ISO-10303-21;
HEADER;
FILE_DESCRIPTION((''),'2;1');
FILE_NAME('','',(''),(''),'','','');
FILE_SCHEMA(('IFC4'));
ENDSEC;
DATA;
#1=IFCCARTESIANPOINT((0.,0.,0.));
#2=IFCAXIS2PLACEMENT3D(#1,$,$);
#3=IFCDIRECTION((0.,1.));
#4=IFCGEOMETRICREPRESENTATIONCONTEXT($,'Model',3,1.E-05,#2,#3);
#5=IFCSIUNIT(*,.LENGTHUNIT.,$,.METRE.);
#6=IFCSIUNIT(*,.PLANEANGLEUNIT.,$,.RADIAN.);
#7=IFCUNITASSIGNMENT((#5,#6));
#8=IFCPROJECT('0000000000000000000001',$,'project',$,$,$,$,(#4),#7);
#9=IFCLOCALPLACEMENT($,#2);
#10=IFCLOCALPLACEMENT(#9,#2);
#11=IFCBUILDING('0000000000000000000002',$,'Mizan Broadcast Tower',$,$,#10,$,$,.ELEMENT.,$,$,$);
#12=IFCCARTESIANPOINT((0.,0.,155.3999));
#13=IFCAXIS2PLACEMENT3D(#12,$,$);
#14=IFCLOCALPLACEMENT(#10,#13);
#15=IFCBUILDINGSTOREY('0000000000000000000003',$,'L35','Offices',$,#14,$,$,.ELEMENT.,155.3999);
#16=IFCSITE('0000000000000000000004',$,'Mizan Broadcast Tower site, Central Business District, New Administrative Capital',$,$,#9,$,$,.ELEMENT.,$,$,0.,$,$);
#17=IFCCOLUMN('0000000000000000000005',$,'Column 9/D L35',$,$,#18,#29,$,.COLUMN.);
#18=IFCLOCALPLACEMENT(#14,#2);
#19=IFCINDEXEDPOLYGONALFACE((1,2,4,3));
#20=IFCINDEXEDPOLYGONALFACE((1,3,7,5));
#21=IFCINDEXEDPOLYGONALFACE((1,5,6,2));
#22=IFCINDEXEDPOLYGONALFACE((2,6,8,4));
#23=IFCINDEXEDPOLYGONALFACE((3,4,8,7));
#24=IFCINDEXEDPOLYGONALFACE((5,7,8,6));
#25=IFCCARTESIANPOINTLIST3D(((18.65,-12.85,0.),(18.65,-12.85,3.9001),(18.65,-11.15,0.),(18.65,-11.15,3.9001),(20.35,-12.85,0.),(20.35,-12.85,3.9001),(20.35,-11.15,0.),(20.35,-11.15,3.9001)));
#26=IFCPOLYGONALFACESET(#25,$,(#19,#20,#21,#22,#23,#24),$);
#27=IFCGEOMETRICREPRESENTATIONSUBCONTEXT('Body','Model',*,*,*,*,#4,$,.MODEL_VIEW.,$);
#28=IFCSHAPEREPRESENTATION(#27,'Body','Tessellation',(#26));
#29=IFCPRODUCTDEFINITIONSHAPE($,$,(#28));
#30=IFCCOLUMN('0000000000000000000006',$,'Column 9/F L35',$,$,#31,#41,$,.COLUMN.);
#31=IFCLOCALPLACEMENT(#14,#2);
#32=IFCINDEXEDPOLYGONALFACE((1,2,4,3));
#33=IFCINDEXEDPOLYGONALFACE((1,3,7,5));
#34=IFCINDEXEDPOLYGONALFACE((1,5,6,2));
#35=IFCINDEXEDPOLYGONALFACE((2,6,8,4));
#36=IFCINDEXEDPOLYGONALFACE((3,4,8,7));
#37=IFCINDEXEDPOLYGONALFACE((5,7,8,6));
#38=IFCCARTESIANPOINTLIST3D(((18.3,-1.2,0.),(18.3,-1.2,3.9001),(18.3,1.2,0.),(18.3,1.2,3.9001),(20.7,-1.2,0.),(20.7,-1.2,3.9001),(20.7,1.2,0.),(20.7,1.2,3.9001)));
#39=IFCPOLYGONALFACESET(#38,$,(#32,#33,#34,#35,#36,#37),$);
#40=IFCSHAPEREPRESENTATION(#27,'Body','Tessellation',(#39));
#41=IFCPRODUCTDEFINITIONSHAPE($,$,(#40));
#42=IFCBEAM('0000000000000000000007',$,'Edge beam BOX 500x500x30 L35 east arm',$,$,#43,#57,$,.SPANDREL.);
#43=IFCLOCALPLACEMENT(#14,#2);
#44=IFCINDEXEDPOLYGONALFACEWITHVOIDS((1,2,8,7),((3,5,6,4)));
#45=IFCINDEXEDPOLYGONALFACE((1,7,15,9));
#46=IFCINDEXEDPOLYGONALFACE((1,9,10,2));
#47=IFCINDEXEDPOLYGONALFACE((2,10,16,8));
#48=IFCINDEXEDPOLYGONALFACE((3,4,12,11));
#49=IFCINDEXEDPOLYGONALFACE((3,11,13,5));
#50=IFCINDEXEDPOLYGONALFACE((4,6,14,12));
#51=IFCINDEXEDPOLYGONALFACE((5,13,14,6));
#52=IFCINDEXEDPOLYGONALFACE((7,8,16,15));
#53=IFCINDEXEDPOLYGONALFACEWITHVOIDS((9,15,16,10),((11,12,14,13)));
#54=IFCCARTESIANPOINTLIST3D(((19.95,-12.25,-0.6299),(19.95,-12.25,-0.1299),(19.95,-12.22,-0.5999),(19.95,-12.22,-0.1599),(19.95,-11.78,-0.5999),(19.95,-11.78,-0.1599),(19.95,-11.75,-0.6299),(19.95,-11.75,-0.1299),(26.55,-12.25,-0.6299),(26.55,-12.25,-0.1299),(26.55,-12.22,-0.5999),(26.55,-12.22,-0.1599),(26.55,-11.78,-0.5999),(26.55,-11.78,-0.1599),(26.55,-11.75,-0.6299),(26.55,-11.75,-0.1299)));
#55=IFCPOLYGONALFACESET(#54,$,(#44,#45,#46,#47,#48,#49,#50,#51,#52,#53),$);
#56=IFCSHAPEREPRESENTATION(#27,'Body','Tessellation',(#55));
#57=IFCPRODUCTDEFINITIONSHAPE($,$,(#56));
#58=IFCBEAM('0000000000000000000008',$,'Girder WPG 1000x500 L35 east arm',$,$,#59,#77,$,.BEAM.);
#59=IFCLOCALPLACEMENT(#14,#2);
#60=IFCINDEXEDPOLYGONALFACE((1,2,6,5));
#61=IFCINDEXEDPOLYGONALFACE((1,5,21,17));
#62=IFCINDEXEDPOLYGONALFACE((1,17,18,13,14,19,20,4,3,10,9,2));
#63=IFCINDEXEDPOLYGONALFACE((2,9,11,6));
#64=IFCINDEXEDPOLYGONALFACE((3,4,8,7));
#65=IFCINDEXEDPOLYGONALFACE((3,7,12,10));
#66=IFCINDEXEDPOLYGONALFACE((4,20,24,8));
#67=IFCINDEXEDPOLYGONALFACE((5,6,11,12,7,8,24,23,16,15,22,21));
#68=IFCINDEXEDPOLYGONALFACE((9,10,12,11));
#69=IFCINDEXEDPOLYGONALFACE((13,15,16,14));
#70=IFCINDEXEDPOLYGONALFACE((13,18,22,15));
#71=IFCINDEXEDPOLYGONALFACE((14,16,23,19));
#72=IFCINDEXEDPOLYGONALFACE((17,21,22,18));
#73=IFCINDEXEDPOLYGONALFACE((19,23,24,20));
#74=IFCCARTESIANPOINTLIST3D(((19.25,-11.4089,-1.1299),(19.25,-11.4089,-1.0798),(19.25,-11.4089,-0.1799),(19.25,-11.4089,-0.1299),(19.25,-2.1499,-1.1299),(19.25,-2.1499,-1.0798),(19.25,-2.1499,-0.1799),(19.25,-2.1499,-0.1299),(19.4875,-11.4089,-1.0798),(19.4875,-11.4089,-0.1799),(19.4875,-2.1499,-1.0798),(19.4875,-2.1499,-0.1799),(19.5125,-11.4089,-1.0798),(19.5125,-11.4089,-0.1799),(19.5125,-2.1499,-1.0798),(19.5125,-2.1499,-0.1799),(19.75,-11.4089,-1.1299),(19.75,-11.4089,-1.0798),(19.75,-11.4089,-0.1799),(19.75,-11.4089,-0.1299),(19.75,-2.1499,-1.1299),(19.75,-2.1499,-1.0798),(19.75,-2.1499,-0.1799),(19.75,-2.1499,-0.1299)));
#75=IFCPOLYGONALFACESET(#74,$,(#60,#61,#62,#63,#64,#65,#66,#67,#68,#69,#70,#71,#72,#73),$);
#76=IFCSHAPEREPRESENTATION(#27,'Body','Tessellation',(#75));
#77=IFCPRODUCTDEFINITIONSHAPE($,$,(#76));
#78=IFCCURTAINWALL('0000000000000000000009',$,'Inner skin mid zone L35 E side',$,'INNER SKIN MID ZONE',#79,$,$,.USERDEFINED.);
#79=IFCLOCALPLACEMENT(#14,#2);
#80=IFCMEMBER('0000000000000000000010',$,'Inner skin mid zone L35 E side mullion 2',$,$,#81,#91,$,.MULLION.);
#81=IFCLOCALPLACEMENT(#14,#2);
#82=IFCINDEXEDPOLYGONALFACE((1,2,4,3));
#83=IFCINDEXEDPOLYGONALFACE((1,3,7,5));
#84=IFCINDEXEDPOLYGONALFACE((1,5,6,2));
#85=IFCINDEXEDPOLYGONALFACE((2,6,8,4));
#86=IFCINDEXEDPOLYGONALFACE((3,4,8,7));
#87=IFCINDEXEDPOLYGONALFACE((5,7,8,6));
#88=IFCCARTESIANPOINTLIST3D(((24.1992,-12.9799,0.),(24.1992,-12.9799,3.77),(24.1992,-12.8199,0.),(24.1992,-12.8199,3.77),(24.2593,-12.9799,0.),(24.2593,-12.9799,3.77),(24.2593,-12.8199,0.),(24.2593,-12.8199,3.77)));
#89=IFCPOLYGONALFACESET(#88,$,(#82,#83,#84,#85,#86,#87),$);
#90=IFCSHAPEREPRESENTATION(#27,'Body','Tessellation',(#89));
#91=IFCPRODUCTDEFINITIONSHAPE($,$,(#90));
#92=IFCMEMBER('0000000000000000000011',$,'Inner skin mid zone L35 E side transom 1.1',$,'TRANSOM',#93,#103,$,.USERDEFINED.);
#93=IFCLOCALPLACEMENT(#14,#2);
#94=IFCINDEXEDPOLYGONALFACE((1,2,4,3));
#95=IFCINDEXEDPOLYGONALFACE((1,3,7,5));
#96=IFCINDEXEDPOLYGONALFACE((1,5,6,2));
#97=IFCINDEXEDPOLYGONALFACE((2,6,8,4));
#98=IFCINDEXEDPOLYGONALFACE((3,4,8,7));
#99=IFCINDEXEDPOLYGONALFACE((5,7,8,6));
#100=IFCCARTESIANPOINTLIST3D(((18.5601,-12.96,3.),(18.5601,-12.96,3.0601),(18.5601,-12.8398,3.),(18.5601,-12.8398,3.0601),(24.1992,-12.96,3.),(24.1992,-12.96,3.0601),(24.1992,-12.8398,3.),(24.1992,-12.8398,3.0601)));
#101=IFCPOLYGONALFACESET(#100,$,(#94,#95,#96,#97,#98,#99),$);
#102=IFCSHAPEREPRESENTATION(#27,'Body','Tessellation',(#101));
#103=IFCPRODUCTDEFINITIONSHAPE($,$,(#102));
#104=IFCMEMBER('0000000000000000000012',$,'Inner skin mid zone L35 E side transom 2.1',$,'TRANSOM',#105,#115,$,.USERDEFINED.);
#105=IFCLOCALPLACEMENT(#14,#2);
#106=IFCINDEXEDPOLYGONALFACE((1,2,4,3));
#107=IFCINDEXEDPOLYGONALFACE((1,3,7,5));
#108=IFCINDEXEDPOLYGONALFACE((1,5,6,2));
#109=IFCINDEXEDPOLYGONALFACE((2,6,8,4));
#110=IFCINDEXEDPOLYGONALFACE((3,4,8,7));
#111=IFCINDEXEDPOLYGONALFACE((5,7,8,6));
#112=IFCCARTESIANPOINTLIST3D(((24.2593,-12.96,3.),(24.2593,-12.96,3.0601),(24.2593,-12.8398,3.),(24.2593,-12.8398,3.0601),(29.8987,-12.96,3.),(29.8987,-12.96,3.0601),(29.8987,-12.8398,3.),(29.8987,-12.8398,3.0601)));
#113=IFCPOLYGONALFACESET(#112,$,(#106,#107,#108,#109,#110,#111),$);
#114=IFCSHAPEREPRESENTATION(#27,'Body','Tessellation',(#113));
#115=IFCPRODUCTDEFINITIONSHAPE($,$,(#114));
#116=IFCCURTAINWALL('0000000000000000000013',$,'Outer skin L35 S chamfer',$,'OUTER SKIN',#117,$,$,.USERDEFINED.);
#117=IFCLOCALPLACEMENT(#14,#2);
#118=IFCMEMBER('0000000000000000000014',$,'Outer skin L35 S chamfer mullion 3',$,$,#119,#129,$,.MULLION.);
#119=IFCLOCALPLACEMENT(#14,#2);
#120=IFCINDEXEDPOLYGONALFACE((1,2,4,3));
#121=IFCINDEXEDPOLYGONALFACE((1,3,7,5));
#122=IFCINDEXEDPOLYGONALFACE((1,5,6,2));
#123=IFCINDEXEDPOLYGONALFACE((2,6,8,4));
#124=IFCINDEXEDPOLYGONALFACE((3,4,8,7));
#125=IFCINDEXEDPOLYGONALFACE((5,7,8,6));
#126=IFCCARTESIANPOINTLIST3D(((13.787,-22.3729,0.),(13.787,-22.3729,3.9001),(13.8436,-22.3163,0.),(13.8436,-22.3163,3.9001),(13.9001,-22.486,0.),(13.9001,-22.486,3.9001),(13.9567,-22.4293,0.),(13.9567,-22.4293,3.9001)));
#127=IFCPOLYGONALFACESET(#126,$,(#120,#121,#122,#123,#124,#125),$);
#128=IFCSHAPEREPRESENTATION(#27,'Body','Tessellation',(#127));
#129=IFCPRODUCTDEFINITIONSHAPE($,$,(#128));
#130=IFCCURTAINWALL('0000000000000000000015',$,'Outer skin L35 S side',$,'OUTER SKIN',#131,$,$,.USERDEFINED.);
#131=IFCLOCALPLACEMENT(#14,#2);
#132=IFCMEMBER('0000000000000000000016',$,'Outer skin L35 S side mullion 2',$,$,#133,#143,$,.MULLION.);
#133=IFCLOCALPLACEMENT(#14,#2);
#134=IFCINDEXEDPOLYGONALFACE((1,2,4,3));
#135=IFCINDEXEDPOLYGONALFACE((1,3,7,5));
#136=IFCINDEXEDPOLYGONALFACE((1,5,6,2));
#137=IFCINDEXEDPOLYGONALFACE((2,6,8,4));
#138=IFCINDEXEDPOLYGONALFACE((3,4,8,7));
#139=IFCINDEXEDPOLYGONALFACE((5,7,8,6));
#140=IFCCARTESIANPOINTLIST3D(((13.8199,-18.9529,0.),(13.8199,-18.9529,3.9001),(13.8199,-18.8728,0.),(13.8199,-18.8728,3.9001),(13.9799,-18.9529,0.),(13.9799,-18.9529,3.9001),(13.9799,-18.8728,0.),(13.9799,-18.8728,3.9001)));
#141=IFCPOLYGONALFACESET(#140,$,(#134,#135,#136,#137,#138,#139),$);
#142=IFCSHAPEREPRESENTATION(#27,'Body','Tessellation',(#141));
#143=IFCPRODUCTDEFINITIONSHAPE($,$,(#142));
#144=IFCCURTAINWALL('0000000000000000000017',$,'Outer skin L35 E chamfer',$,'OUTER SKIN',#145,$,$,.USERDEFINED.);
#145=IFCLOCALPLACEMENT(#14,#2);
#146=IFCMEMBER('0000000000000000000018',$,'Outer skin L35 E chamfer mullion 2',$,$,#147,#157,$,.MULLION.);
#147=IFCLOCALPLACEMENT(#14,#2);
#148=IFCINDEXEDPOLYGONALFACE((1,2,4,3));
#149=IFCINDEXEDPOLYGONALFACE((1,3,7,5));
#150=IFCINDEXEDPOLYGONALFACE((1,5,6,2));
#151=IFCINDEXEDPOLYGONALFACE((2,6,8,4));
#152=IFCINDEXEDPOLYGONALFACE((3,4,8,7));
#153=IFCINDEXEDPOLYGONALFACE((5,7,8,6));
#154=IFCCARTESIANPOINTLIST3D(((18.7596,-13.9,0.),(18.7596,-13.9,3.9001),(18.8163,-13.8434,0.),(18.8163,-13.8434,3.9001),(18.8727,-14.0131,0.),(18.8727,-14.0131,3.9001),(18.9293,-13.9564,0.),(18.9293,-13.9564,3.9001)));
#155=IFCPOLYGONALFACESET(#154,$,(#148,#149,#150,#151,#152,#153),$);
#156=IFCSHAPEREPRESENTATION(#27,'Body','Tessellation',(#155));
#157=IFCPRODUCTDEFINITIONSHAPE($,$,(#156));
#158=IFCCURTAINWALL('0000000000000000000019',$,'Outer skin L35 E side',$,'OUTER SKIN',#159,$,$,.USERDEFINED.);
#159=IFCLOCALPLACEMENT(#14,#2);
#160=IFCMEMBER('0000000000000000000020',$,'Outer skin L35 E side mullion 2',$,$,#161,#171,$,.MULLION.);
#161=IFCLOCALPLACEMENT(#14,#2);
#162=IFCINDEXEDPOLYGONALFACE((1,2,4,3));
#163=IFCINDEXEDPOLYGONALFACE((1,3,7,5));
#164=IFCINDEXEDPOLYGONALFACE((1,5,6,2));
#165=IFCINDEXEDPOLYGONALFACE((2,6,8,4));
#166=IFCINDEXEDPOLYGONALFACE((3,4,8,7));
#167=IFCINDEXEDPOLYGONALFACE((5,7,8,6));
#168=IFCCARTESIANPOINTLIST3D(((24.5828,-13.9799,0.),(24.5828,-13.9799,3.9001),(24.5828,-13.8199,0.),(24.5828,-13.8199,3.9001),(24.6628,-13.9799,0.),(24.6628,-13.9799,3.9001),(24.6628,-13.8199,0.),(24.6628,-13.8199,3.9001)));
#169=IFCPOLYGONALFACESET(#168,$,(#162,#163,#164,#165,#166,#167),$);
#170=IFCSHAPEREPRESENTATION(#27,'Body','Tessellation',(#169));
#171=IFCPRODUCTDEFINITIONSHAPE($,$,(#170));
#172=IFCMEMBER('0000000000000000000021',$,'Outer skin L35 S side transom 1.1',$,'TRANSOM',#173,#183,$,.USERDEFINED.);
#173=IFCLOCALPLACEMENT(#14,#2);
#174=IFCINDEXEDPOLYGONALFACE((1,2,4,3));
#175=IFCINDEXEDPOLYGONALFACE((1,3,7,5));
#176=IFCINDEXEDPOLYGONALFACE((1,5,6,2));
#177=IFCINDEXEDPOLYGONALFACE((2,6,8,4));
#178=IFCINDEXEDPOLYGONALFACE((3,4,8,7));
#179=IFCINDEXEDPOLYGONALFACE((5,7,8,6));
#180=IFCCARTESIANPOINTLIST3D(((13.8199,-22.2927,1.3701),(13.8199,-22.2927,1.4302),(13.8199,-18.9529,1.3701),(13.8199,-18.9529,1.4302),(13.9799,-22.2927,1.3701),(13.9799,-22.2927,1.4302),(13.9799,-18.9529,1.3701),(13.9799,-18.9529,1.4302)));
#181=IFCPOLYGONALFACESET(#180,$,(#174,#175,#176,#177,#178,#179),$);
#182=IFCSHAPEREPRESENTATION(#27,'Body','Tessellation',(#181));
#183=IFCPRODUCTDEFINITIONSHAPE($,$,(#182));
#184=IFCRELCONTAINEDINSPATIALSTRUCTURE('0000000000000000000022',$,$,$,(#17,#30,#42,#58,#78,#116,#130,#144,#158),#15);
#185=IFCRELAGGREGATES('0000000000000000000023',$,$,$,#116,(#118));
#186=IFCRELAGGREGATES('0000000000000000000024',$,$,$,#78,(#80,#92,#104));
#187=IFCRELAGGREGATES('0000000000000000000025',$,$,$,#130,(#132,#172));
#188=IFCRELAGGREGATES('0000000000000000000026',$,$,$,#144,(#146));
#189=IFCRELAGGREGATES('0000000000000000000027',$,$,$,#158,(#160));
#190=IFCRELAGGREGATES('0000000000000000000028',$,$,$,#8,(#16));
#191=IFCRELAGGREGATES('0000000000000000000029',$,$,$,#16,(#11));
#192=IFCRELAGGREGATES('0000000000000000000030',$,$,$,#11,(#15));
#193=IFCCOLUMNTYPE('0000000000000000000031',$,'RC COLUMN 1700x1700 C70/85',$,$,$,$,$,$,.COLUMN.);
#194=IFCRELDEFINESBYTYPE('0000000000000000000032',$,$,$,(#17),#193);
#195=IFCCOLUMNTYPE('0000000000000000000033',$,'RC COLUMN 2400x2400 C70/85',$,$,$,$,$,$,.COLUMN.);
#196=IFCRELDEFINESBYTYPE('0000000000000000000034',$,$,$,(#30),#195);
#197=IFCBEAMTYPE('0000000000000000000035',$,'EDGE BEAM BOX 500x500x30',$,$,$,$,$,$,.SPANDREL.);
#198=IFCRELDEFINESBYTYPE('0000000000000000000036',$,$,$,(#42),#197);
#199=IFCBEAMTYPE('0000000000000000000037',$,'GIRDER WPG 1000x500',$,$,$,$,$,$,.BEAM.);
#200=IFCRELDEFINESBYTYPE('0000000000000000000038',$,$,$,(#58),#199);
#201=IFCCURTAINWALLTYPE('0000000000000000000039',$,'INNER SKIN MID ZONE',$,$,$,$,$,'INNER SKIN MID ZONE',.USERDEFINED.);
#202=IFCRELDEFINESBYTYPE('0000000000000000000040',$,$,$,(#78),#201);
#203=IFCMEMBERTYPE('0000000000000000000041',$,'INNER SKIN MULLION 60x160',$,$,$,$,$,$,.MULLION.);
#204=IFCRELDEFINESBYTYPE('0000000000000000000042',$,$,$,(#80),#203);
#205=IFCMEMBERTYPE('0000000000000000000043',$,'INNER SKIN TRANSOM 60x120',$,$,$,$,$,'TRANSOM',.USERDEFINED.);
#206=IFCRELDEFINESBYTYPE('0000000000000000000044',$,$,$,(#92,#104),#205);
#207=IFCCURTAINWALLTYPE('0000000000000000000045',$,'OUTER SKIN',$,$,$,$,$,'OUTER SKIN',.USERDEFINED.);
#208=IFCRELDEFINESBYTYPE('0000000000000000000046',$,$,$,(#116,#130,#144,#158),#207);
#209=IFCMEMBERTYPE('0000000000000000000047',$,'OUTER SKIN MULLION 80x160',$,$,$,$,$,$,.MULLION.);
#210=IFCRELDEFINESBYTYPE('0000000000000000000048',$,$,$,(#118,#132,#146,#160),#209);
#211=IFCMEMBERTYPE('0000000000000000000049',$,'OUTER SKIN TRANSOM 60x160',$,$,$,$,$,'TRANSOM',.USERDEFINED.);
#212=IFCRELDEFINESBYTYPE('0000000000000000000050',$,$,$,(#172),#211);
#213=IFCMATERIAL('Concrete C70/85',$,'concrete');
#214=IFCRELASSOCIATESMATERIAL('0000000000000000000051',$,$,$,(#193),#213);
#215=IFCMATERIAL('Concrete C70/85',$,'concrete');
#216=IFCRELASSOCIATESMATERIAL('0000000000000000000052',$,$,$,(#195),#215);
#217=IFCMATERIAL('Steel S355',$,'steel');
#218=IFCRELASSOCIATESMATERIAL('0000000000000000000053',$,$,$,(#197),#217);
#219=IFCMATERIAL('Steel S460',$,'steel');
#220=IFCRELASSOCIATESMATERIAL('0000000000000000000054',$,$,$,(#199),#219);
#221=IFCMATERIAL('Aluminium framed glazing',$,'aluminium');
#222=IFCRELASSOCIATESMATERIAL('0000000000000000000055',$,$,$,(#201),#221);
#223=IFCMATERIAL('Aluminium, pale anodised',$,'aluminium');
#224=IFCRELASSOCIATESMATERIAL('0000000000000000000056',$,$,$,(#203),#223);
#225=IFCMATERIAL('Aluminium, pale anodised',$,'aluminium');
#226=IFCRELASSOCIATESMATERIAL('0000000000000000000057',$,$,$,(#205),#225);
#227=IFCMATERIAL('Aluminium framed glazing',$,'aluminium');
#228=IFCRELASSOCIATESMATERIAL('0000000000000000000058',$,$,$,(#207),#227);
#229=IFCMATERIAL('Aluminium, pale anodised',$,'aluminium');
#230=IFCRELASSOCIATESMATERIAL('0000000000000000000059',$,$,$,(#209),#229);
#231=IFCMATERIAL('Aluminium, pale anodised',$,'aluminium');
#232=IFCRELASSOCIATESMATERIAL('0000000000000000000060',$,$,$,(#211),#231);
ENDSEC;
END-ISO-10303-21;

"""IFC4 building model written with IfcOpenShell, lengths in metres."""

from ifc_helpers import new_model, si_unit, direction, frame, origin, origin_2d, place, context, subcontext, project, spatial, rectangle, hollow_rectangle, i_section, extrude, material, material_profile, profile_set, type_object, element, aggregate, save


model = new_model("IFC4")

# Units and contexts
model_context = context("Model", 3, precision=1e-05, world=origin(), true_north=direction((0.0, 1.0)))
body_context = subcontext(model_context, "Body", "Model", "MODEL_VIEW")
ifc_project = project(units=[si_unit("LENGTHUNIT", "METRE"), si_unit("PLANEANGLEUNIT", "RADIAN")], contexts=[model_context])

# Site, building, storey
site_placement = place(None, origin())
site = spatial("IfcSite", under=ifc_project, at=site_placement, Name="Mizan Broadcast Tower site, Central Business District, New Administrative Capital", CompositionType="ELEMENT", RefElevation=0.0)
building_placement = place(site_placement, origin())
building = spatial("IfcBuilding", under=site, at=building_placement, Name="Mizan Broadcast Tower", CompositionType="ELEMENT")
storey_placement = place(building_placement, frame((0.0, 0.0, 155.3999)))
storey = spatial("IfcBuildingStorey", under=building, at=storey_placement, Name="L35", Description="Offices", CompositionType="ELEMENT", Elevation=155.3999)

# Columns
ifc_material_1 = material(Name="Concrete C70/85", Category="concrete")
ifc_material_profile_1 = material_profile(ifc_material_1, rectangle(XDim=1.7, YDim=1.7, at=origin_2d()), Name="RC 1700x1700")
ifc_profile_set_1 = profile_set([ifc_material_profile_1], Name="Concrete C70/85")
column_type_1 = type_object("IfcColumnType", Name="RC COLUMN 1700x1700 C70/85", PredefinedType="COLUMN", material=ifc_profile_set_1)
column_1_placement = place(storey_placement, frame((19.5, -12.0, 0.0), z_axis=(0.0, 0.0, 1.0), x_axis=(1.0, 0.0, 0.0)))
element("IfcColumn", 1, at=column_1_placement, inside=storey, type_object=column_type_1, Name="Column 9/D L35", PredefinedType="COLUMN", context=body_context, shape_type="SweptSolid", body=[
    extrude(rectangle(XDim=1.7, YDim=1.7, at=origin_2d()), origin(), (0.0, 0.0, 1.0), 3.9001),
])
ifc_material_2 = material(Name="Concrete C70/85", Category="concrete")
ifc_material_profile_2 = material_profile(ifc_material_2, rectangle(XDim=2.3999, YDim=2.3999, at=origin_2d()), Name="RC 2400x2400")
ifc_profile_set_2 = profile_set([ifc_material_profile_2], Name="Concrete C70/85")
column_type_2 = type_object("IfcColumnType", Name="RC COLUMN 2400x2400 C70/85", PredefinedType="COLUMN", material=ifc_profile_set_2)
column_2_placement = place(storey_placement, frame((19.5, 0.0, 0.0), z_axis=(0.0, 0.0, 1.0), x_axis=(1.0, 0.0, 0.0)))
element("IfcColumn", 2, at=column_2_placement, inside=storey, type_object=column_type_2, Name="Column 9/F L35", PredefinedType="COLUMN", context=body_context, shape_type="SweptSolid", body=[
    extrude(rectangle(XDim=2.3999, YDim=2.3999, at=origin_2d()), origin(), (0.0, 0.0, 1.0), 3.9001),
])

# Beams
ifc_material_3 = material(Name="Steel S355", Category="steel")
ifc_material_profile_3 = material_profile(ifc_material_3, hollow_rectangle(XDim=0.5, YDim=0.5, WallThickness=0.03, at=origin_2d()), Name="BOX 500x500x30")
ifc_profile_set_3 = profile_set([ifc_material_profile_3], Name="Steel S355")
beam_type_1 = type_object("IfcBeamType", Name="EDGE BEAM BOX 500x500x30", PredefinedType="SPANDREL", material=ifc_profile_set_3)
beam_1_placement = place(storey_placement, frame((19.95, -12.0, -0.3799), z_axis=(1.0, 0.0, 0.0), x_axis=(0.0, 1.0, 0.0)))
element("IfcBeam", 3, at=beam_1_placement, inside=storey, type_object=beam_type_1, Name="Edge beam BOX 500x500x30 L35 east arm", PredefinedType="SPANDREL", context=body_context, shape_type="SweptSolid", body=[
    extrude(hollow_rectangle(XDim=0.5, YDim=0.5, WallThickness=0.03, at=origin_2d()), origin(), (0.0, 0.0, 1.0), 6.6001),
])
ifc_material_4 = material(Name="Steel S460", Category="steel")
ifc_material_profile_4 = material_profile(ifc_material_4, i_section(OverallWidth=0.5, OverallDepth=1.0, WebThickness=0.0249, FlangeThickness=0.05, at=origin_2d()), Name="WPG 1000x500")
ifc_profile_set_4 = profile_set([ifc_material_profile_4], Name="Steel S460")
beam_type_2 = type_object("IfcBeamType", Name="GIRDER WPG 1000x500", PredefinedType="BEAM", material=ifc_profile_set_4)
beam_2_placement = place(storey_placement, frame((19.5, -11.4089, -0.6299), z_axis=(0.0, 1.0, 0.0), x_axis=(-1.0, 0.0, 0.0)))
element("IfcBeam", 4, at=beam_2_placement, inside=storey, type_object=beam_type_2, Name="Girder WPG 1000x500 L35 east arm", PredefinedType="BEAM", context=body_context, shape_type="SweptSolid", body=[
    extrude(i_section(OverallWidth=0.5, OverallDepth=1.0, WebThickness=0.0249, FlangeThickness=0.05, at=origin_2d()), origin(), (0.0, 0.0, 1.0), 9.259),
])

# Curtain wall, members
ifc_material_5 = material(Name="Aluminium framed glazing", Category="aluminium")
curtain_wall_type_1 = type_object("IfcCurtainWallType", Name="INNER SKIN MID ZONE", ElementType="INNER SKIN MID ZONE", PredefinedType="USERDEFINED", material=ifc_material_5)
curtain_wall_1_placement = place(storey_placement, origin())
curtain_wall_1 = element("IfcCurtainWall", 5, at=curtain_wall_1_placement, inside=storey, type_object=curtain_wall_type_1, Name="Inner skin mid zone L35 E side", ObjectType="INNER SKIN MID ZONE", PredefinedType="USERDEFINED")
ifc_material_6 = material(Name="Aluminium, pale anodised", Category="aluminium")
ifc_material_profile_5 = material_profile(ifc_material_6, rectangle(XDim=0.1599, YDim=0.0601, at=origin_2d()), Name="MULLION 160x60")
ifc_profile_set_5 = profile_set([ifc_material_profile_5], Name="Aluminium, pale anodised")
member_type_1 = type_object("IfcMemberType", Name="INNER SKIN MULLION 60x160", PredefinedType="MULLION", material=ifc_profile_set_5)
member_1_placement = place(storey_placement, frame((24.2292, -12.8999, 0.0), z_axis=(0.0, 0.0, 1.0), x_axis=(0.0, 1.0, 0.0)))
member_1 = element("IfcMember", 6, at=member_1_placement, type_object=member_type_1, Name="Inner skin mid zone L35 E side mullion 2", PredefinedType="MULLION", context=body_context, shape_type="SweptSolid", body=[
    extrude(rectangle(XDim=0.1599, YDim=0.0601, at=origin_2d()), origin(), (0.0, 0.0, 1.0), 3.77),
])
ifc_material_7 = material(Name="Aluminium, pale anodised", Category="aluminium")
ifc_material_profile_6 = material_profile(ifc_material_7, rectangle(XDim=0.1201, YDim=0.0601, at=origin_2d()), Name="TRANSOM 120x60")
ifc_profile_set_6 = profile_set([ifc_material_profile_6], Name="Aluminium, pale anodised")
member_type_2 = type_object("IfcMemberType", Name="INNER SKIN TRANSOM 60x120", ElementType="TRANSOM", PredefinedType="USERDEFINED", material=ifc_profile_set_6)
member_2_placement = place(storey_placement, frame((18.5601, -12.8999, 3.03), z_axis=(1.0, 0.0, 0.0), x_axis=(0.0, 1.0, 0.0)))
member_2 = element("IfcMember", 7, at=member_2_placement, type_object=member_type_2, Name="Inner skin mid zone L35 E side transom 1.1", ObjectType="TRANSOM", PredefinedType="USERDEFINED", context=body_context, shape_type="SweptSolid", body=[
    extrude(rectangle(XDim=0.1201, YDim=0.0601, at=origin_2d()), origin(), (0.0, 0.0, 1.0), 5.6392),
])
member_3_placement = place(storey_placement, frame((24.2593, -12.8999, 3.03), z_axis=(1.0, 0.0, 0.0), x_axis=(0.0, 1.0, 0.0)))
member_3 = element("IfcMember", 8, at=member_3_placement, type_object=member_type_2, Name="Inner skin mid zone L35 E side transom 2.1", ObjectType="TRANSOM", PredefinedType="USERDEFINED", context=body_context, shape_type="SweptSolid", body=[
    extrude(rectangle(XDim=0.1201, YDim=0.0601, at=origin_2d()), origin(), (0.0, 0.0, 1.0), 5.6394),
])

# Curtain walls, members
ifc_material_8 = material(Name="Aluminium framed glazing", Category="aluminium")
curtain_wall_type_2 = type_object("IfcCurtainWallType", Name="OUTER SKIN", ElementType="OUTER SKIN", PredefinedType="USERDEFINED", material=ifc_material_8)
curtain_wall_2_placement = place(storey_placement, origin())
curtain_wall_2 = element("IfcCurtainWall", 9, at=curtain_wall_2_placement, inside=storey, type_object=curtain_wall_type_2, Name="Outer skin L35 S chamfer", ObjectType="OUTER SKIN", PredefinedType="USERDEFINED")
ifc_material_9 = material(Name="Aluminium, pale anodised", Category="aluminium")
ifc_material_profile_7 = material_profile(ifc_material_9, rectangle(XDim=0.1599, YDim=0.0801, at=origin_2d()), Name="MULLION 160x80")
ifc_profile_set_7 = profile_set([ifc_material_profile_7], Name="Aluminium, pale anodised")
member_type_3 = type_object("IfcMemberType", Name="OUTER SKIN MULLION 80x160", PredefinedType="MULLION", material=ifc_profile_set_7)
member_4_placement = place(storey_placement, frame((13.8718, -22.4011, 0.0), z_axis=(0.0, 0.0, 1.0), x_axis=(-0.707107, 0.707107, 0.0)))
member_4 = element("IfcMember", 10, at=member_4_placement, type_object=member_type_3, Name="Outer skin L35 S chamfer mullion 3", PredefinedType="MULLION", context=body_context, shape_type="SweptSolid", body=[
    extrude(rectangle(XDim=0.1599, YDim=0.0801, at=origin_2d()), origin(), (0.0, 0.0, 1.0), 3.9001),
])
aggregate(curtain_wall_2, [member_4])
curtain_wall_3_placement = place(storey_placement, origin())
curtain_wall_3 = element("IfcCurtainWall", 11, at=curtain_wall_3_placement, inside=storey, type_object=curtain_wall_type_2, Name="Outer skin L35 S side", ObjectType="OUTER SKIN", PredefinedType="USERDEFINED")
member_5_placement = place(storey_placement, frame((13.8999, -18.9128, 0.0), z_axis=(0.0, 0.0, 1.0), x_axis=(-1.0, 0.0, 0.0)))
member_5 = element("IfcMember", 12, at=member_5_placement, type_object=member_type_3, Name="Outer skin L35 S side mullion 2", PredefinedType="MULLION", context=body_context, shape_type="SweptSolid", body=[
    extrude(rectangle(XDim=0.1599, YDim=0.0801, at=origin_2d()), origin(), (0.0, 0.0, 1.0), 3.9001),
])
curtain_wall_4_placement = place(storey_placement, origin())
curtain_wall_4 = element("IfcCurtainWall", 13, at=curtain_wall_4_placement, inside=storey, type_object=curtain_wall_type_2, Name="Outer skin L35 E chamfer", ObjectType="OUTER SKIN", PredefinedType="USERDEFINED")
member_6_placement = place(storey_placement, frame((18.8445, -13.9282, 0.0), z_axis=(0.0, 0.0, 1.0), x_axis=(-0.707107, 0.707107, 0.0)))
member_6 = element("IfcMember", 14, at=member_6_placement, type_object=member_type_3, Name="Outer skin L35 E chamfer mullion 2", PredefinedType="MULLION", context=body_context, shape_type="SweptSolid", body=[
    extrude(rectangle(XDim=0.1599, YDim=0.0801, at=origin_2d()), origin(), (0.0, 0.0, 1.0), 3.9001),
])
curtain_wall_5_placement = place(storey_placement, origin())
curtain_wall_5 = element("IfcCurtainWall", 15, at=curtain_wall_5_placement, inside=storey, type_object=curtain_wall_type_2, Name="Outer skin L35 E side", ObjectType="OUTER SKIN", PredefinedType="USERDEFINED")
member_7_placement = place(storey_placement, frame((24.6228, -13.8999, 0.0), z_axis=(0.0, 0.0, 1.0), x_axis=(0.0, 1.0, 0.0)))
member_7 = element("IfcMember", 16, at=member_7_placement, type_object=member_type_3, Name="Outer skin L35 E side mullion 2", PredefinedType="MULLION", context=body_context, shape_type="SweptSolid", body=[
    extrude(rectangle(XDim=0.1599, YDim=0.0801, at=origin_2d()), origin(), (0.0, 0.0, 1.0), 3.9001),
])

# Member
ifc_material_10 = material(Name="Aluminium, pale anodised", Category="aluminium")
ifc_material_profile_8 = material_profile(ifc_material_10, rectangle(XDim=0.1599, YDim=0.0601, at=origin_2d()), Name="TRANSOM 160x60")
ifc_profile_set_8 = profile_set([ifc_material_profile_8], Name="Aluminium, pale anodised")
member_type_4 = type_object("IfcMemberType", Name="OUTER SKIN TRANSOM 60x160", ElementType="TRANSOM", PredefinedType="USERDEFINED", material=ifc_profile_set_8)
member_8_placement = place(storey_placement, frame((13.8999, -22.2927, 1.4001), z_axis=(0.0, 1.0, 0.0), x_axis=(-1.0, 0.0, 0.0)))
member_8 = element("IfcMember", 17, at=member_8_placement, type_object=member_type_4, Name="Outer skin L35 S side transom 1.1", ObjectType="TRANSOM", PredefinedType="USERDEFINED", context=body_context, shape_type="SweptSolid", body=[
    extrude(rectangle(XDim=0.1599, YDim=0.0601, at=origin_2d()), origin(), (0.0, 0.0, 1.0), 3.3398),
])

aggregate(curtain_wall_1, [member_1, member_2, member_3])
aggregate(curtain_wall_3, [member_5, member_8])
aggregate(curtain_wall_4, [member_6])
aggregate(curtain_wall_5, [member_7])

save(model, "model.ifc")
